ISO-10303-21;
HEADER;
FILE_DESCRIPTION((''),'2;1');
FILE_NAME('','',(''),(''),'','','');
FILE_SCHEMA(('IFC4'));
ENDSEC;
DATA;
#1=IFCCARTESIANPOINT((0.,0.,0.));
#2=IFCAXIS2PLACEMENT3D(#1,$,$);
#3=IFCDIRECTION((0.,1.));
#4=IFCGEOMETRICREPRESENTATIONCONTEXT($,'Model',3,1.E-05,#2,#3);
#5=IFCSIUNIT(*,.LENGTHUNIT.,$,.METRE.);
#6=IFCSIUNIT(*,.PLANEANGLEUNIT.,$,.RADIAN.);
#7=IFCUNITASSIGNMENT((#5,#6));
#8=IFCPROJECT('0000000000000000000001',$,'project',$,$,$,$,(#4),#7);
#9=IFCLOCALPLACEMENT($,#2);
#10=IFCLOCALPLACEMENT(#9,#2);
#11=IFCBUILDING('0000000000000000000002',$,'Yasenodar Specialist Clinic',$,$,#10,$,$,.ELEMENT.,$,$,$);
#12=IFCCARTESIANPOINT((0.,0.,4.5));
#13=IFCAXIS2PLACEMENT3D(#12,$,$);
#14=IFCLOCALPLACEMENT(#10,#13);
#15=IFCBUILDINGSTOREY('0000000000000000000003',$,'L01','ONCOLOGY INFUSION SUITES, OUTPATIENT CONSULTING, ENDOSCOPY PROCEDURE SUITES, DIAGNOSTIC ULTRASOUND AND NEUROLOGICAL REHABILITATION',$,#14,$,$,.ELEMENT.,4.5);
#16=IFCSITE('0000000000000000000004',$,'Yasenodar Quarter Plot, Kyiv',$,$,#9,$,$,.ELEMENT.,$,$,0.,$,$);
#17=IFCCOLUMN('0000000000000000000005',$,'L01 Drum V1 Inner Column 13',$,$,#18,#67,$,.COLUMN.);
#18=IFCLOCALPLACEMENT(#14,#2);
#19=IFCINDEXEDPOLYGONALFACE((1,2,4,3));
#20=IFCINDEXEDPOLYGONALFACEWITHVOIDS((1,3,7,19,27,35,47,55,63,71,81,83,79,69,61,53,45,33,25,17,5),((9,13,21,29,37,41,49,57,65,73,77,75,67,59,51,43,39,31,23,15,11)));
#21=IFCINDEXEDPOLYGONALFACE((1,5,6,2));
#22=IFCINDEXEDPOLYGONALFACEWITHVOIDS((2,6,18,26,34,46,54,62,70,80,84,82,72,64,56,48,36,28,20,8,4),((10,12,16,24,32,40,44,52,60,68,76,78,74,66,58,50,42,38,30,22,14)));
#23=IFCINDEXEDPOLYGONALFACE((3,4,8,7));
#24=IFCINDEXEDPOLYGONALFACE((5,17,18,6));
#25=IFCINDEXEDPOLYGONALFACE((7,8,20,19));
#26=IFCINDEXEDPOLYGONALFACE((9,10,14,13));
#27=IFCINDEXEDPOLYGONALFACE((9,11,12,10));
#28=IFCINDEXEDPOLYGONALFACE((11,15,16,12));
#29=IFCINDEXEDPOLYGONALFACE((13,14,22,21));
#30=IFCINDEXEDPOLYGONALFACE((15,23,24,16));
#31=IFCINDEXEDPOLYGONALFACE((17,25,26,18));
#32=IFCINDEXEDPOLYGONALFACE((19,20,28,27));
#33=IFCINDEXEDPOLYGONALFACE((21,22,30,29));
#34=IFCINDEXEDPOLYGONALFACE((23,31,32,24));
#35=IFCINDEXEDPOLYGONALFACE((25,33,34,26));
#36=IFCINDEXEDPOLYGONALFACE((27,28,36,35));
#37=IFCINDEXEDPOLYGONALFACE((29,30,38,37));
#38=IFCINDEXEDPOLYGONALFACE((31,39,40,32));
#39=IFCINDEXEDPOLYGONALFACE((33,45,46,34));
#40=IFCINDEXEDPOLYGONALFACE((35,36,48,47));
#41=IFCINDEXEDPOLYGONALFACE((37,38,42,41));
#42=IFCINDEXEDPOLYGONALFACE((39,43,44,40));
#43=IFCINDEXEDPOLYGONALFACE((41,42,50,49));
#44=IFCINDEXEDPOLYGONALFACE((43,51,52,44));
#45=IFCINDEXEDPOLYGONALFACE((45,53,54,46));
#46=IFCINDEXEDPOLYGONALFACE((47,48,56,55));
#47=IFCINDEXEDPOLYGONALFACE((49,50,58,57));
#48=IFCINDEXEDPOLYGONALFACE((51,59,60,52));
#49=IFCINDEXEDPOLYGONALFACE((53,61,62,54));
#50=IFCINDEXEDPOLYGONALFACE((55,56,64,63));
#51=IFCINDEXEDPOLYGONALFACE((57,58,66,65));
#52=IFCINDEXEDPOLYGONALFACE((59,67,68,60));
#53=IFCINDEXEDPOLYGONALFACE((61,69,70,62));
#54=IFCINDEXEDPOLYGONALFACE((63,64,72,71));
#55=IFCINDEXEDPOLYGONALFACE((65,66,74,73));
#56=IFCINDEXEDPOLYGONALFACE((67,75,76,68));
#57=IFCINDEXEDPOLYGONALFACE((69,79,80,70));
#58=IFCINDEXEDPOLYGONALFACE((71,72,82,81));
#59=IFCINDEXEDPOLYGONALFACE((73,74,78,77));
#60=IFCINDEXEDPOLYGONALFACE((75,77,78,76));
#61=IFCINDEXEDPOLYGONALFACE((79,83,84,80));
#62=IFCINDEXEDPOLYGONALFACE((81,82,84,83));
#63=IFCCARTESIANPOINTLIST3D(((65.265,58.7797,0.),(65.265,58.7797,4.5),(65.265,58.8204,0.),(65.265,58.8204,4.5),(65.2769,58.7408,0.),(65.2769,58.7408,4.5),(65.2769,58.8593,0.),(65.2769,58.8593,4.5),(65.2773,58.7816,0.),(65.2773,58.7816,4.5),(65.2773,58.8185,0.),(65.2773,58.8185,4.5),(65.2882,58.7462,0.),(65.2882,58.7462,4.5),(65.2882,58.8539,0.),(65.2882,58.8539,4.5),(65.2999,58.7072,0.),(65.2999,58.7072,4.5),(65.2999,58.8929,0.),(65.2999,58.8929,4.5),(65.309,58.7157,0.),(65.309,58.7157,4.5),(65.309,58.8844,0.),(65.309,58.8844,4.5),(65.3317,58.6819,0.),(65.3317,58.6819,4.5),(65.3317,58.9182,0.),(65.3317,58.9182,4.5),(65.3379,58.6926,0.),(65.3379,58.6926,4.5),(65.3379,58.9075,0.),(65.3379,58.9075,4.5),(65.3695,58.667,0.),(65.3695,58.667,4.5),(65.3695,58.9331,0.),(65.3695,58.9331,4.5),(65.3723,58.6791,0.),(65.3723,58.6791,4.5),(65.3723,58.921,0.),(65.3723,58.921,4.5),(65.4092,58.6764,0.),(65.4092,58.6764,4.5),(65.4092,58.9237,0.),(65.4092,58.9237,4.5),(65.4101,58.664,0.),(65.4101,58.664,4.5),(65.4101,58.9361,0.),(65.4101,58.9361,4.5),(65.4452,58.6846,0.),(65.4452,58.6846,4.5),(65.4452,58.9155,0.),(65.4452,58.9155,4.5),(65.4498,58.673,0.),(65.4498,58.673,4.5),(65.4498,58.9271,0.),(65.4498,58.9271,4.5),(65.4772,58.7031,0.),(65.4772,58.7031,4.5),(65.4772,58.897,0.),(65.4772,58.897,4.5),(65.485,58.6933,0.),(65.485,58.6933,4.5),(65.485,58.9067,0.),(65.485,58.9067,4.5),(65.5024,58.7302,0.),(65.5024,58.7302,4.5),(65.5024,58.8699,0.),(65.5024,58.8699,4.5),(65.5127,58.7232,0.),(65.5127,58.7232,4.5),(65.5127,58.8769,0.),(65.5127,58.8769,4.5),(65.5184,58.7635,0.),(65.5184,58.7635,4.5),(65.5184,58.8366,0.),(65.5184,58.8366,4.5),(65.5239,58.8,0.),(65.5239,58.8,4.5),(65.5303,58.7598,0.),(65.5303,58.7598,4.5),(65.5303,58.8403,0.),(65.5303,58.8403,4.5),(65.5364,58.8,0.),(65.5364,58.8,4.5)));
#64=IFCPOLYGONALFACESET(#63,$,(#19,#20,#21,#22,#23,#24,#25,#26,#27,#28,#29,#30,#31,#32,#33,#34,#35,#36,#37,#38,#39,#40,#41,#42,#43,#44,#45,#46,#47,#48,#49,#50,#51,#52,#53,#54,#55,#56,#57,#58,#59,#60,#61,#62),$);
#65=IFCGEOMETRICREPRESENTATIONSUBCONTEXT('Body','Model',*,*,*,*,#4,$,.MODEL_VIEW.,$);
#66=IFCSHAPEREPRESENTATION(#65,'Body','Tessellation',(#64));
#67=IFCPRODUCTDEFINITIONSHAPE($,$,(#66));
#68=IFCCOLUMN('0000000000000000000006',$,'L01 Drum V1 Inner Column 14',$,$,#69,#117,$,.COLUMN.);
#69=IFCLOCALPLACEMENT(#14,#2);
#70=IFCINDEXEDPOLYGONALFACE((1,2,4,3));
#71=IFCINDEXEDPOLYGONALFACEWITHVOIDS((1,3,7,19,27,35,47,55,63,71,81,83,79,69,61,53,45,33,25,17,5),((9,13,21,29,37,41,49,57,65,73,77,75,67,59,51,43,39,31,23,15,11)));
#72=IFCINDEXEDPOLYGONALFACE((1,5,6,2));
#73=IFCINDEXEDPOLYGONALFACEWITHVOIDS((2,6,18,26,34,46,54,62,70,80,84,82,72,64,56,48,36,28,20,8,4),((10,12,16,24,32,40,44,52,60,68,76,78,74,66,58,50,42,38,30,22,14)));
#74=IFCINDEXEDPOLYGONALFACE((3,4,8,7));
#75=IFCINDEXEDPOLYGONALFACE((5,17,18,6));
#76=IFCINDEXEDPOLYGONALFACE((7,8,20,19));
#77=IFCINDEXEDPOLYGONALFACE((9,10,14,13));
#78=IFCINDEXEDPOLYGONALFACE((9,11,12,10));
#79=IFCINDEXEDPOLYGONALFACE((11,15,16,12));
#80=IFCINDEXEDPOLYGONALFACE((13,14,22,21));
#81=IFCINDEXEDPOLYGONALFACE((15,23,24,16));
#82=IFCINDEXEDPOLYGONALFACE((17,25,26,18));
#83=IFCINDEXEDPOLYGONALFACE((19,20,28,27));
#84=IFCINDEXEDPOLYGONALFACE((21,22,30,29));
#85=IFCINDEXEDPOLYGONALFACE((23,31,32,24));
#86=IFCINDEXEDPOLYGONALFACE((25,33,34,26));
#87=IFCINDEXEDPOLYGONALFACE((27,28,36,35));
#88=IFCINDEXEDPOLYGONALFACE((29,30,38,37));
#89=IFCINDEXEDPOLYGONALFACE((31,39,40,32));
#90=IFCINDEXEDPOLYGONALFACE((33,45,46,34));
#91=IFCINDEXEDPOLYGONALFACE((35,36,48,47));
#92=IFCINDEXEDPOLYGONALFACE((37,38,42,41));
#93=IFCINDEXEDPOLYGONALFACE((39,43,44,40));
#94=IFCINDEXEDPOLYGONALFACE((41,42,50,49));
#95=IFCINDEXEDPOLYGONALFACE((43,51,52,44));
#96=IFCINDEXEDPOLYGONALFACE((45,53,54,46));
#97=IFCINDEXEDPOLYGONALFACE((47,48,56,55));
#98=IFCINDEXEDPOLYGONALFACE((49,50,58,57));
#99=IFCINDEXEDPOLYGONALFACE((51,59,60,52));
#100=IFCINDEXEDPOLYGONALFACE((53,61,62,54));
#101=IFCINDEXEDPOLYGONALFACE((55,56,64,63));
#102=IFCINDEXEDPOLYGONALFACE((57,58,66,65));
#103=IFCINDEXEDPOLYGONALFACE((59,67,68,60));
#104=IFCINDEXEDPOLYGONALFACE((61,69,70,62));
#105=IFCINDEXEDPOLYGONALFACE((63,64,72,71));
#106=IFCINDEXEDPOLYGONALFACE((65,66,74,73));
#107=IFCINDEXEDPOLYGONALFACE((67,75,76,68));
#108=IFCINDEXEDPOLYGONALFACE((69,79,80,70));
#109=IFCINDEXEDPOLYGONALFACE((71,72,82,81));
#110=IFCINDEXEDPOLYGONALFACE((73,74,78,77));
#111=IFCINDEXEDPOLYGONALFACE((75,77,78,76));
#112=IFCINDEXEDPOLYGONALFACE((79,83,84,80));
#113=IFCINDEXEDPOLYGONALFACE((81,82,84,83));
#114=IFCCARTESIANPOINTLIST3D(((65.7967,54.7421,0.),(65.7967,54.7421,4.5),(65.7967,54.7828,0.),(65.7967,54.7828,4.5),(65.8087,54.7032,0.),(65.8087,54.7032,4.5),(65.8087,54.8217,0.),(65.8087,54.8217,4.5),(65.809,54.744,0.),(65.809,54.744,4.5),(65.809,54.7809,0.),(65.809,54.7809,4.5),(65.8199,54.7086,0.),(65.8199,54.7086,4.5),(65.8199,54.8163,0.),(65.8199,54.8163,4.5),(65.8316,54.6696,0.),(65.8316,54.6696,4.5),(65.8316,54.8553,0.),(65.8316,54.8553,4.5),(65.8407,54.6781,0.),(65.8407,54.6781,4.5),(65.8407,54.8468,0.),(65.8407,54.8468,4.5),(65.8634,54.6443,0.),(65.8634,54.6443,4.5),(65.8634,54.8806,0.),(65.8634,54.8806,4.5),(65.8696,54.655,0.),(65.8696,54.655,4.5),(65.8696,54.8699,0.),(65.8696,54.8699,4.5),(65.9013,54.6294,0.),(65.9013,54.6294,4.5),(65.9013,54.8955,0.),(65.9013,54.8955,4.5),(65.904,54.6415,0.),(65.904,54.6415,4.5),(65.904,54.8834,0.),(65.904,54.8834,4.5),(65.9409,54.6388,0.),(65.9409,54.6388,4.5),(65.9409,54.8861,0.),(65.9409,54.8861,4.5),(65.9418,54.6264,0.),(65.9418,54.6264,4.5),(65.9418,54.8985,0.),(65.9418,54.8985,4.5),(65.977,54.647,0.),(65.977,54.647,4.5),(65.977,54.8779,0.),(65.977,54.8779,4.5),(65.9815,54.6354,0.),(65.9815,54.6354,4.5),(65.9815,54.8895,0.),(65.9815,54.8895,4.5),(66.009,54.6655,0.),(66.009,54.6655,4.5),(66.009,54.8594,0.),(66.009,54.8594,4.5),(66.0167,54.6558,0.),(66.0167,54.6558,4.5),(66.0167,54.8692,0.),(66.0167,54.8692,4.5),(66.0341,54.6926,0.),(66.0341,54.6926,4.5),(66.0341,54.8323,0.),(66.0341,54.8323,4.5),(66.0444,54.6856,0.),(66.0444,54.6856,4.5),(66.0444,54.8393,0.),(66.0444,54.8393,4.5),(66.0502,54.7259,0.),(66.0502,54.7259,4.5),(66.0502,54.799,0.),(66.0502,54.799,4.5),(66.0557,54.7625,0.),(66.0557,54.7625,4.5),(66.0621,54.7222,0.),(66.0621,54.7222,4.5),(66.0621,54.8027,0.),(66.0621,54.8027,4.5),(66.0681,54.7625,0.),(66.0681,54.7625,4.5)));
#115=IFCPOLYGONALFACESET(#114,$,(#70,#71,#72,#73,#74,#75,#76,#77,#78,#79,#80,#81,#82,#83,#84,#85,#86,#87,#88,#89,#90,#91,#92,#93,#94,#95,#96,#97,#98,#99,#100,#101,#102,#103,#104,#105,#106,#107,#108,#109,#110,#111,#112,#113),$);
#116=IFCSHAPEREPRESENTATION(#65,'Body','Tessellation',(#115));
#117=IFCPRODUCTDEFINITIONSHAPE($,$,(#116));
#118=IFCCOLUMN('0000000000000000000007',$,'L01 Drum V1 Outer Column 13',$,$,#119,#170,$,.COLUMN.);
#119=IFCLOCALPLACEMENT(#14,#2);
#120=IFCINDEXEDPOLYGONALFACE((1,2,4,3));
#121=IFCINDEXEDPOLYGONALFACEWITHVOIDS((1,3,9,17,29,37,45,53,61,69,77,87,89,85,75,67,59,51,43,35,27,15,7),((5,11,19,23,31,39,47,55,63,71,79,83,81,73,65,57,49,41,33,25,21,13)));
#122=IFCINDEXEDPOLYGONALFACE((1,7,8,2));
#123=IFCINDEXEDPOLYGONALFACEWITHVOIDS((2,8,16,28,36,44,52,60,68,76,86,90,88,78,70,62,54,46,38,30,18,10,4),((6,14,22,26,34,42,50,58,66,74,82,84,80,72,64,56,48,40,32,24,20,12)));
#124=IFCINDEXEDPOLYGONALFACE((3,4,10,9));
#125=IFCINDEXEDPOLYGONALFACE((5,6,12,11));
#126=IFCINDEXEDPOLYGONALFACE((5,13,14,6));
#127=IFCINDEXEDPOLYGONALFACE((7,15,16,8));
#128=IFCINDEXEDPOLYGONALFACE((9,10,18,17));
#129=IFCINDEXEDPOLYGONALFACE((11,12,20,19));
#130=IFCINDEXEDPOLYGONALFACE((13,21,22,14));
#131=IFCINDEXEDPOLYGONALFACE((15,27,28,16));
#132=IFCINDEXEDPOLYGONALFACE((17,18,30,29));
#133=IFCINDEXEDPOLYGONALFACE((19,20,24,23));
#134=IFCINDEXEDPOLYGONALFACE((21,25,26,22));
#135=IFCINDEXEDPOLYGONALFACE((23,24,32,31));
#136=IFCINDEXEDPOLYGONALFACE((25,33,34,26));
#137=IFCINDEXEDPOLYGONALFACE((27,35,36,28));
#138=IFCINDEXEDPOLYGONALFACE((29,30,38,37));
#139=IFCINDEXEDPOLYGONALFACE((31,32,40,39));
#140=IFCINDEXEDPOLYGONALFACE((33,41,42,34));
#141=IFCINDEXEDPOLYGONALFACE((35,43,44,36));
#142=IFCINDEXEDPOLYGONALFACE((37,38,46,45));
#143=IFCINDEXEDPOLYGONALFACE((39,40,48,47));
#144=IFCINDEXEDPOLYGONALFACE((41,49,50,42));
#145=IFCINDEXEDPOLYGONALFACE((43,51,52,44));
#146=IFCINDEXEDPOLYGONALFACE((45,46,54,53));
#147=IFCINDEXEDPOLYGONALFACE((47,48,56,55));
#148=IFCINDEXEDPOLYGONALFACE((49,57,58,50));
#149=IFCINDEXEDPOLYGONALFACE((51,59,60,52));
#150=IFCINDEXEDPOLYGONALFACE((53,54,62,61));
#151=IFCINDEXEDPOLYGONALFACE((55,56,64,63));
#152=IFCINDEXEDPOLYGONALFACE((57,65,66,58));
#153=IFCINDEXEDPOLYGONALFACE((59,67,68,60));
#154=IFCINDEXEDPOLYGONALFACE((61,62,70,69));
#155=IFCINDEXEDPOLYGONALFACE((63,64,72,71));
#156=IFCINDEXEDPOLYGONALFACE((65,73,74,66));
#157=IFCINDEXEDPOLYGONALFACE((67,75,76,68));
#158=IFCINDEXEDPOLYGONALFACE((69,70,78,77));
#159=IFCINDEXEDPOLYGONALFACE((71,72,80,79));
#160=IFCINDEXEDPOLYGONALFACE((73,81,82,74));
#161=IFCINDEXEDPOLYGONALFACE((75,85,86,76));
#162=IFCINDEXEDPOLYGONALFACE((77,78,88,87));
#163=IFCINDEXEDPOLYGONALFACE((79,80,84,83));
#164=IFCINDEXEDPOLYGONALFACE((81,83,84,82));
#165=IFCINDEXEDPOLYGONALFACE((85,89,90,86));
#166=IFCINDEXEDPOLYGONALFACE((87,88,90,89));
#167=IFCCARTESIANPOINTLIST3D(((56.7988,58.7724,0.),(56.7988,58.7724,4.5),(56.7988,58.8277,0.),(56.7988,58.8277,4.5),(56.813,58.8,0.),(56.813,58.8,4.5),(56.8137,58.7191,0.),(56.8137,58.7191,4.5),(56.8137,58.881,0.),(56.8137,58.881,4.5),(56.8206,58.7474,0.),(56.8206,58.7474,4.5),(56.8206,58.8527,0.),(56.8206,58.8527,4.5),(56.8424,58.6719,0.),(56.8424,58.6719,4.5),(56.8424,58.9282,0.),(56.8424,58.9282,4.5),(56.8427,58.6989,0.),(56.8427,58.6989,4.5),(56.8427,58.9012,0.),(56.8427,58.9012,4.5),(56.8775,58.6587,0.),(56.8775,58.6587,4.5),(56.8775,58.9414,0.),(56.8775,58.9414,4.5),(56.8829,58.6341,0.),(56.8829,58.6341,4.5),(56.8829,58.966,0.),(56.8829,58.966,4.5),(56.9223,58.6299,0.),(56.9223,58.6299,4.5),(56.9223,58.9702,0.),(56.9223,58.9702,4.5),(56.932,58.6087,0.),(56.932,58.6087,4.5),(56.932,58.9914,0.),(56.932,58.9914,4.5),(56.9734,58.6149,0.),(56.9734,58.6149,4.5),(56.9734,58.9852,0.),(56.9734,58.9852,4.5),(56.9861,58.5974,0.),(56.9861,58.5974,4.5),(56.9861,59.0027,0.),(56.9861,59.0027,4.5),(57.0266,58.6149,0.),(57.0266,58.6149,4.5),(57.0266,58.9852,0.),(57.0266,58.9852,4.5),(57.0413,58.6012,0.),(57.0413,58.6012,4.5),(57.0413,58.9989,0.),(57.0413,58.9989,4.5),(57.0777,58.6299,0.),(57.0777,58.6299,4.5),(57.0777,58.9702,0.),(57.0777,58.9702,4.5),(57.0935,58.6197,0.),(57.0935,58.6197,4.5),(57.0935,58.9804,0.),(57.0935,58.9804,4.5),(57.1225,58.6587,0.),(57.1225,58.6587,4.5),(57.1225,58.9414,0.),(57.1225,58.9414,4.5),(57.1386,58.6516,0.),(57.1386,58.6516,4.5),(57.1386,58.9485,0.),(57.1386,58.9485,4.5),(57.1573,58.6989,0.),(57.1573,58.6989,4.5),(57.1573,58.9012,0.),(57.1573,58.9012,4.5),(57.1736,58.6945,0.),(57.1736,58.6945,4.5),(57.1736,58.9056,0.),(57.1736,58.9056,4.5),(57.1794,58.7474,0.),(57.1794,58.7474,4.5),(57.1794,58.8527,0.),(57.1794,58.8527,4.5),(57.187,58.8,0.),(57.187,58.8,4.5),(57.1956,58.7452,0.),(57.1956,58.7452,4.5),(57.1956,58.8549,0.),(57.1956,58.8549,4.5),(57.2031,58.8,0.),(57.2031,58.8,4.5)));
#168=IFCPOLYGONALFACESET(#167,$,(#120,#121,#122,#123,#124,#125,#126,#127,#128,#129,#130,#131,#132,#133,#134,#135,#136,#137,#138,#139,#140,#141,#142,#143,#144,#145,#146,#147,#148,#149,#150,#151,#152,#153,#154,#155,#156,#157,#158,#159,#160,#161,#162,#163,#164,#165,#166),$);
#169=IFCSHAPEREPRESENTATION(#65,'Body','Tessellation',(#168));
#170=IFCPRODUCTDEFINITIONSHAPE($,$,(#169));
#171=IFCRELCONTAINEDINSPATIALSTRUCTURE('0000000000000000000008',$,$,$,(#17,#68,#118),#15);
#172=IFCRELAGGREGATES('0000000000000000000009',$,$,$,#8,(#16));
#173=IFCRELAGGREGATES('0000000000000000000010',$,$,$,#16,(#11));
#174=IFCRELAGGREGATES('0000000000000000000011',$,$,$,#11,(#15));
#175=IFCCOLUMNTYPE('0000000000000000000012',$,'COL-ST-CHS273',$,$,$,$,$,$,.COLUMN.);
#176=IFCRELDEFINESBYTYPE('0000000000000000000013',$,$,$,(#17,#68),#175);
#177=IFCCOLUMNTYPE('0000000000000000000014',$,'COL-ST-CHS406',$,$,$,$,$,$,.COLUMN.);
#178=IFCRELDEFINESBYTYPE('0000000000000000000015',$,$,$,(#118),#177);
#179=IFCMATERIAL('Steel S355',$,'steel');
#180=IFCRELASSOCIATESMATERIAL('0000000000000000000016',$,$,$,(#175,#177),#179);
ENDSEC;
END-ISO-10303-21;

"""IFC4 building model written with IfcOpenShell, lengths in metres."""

from ifc_helpers import new_model, si_unit, direction, frame, origin, origin_2d, place, context, subcontext, project, spatial, hollow_circle, extrude, material, material_profile, profile_set, type_object, element, save


model = new_model("IFC4")

# Units and contexts
model_context = context("Model", 3, precision=1e-05, world=origin(), true_north=direction((0.0, 1.0)))
body_context = subcontext(model_context, "Body", "Model", "MODEL_VIEW")
ifc_project = project(units=[si_unit("LENGTHUNIT", "METRE"), si_unit("PLANEANGLEUNIT", "RADIAN")], contexts=[model_context])

# Site, building, storey
site_placement = place(None, origin())
site = spatial("IfcSite", under=ifc_project, at=site_placement, Name="Yasenodar Quarter Plot, Kyiv", CompositionType="ELEMENT", RefElevation=0.0)
building_placement = place(site_placement, origin())
building = spatial("IfcBuilding", under=site, at=building_placement, Name="Yasenodar Specialist Clinic", CompositionType="ELEMENT")
storey_placement = place(building_placement, frame((0.0, 0.0, 4.5)))
storey = spatial("IfcBuildingStorey", under=building, at=storey_placement, Name="L01", Description="ONCOLOGY INFUSION SUITES, OUTPATIENT CONSULTING, ENDOSCOPY PROCEDURE SUITES, DIAGNOSTIC ULTRASOUND AND NEUROLOGICAL REHABILITATION", CompositionType="ELEMENT", Elevation=4.5)

# Columns
ifc_material_1 = material(Name="Steel S355", Category="steel")
ifc_material_profile_1 = material_profile(ifc_material_1, hollow_circle(Radius=0.1365, WallThickness=0.0125, at=origin_2d()), Name="CHS 273x12.5")
ifc_profile_set_1 = profile_set([ifc_material_profile_1], Name="Steel S355")
column_type_1 = type_object("IfcColumnType", Name="COL-ST-CHS273", PredefinedType="COLUMN", material=ifc_profile_set_1)
for number, where, z_axis, x_axis, name in (
    (1, (65.3999, 58.8, 0.0), (0.0, 0.0, 1.0), (1.0, 0.0, 0.0), "L01 Drum V1 Inner Column 13"),
    (2, (65.9316, 54.7625, 0.0), (0.0, 0.0, 1.0), (1.0, 0.0, 0.0), "L01 Drum V1 Inner Column 14"),
):
    element("IfcColumn", number, at=place(storey_placement, frame(where, z_axis=z_axis, x_axis=x_axis)), inside=storey, type_object=column_type_1, Name=name, PredefinedType="COLUMN", context=body_context, shape_type="SweptSolid", body=[
        extrude(hollow_circle(Radius=0.1365, WallThickness=0.0125, at=origin_2d()), origin(), (0.0, 0.0, 1.0), 4.5),
    ])
ifc_material_profile_2 = material_profile(ifc_material_1, hollow_circle(Radius=0.2031, WallThickness=0.0161, at=origin_2d()), Name="CHS 406.4x16")
ifc_profile_set_2 = profile_set([ifc_material_profile_2], Name="Steel S355")
column_type_2 = type_object("IfcColumnType", Name="COL-ST-CHS406", PredefinedType="COLUMN", material=ifc_profile_set_2)
for number, where, z_axis, x_axis, name in (
    (3, (57.0, 58.8, 0.0), (0.0, 0.0, 1.0), (1.0, 0.0, 0.0), "L01 Drum V1 Outer Column 13"),
):
    element("IfcColumn", number, at=place(storey_placement, frame(where, z_axis=z_axis, x_axis=x_axis)), inside=storey, type_object=column_type_2, Name=name, PredefinedType="COLUMN", context=body_context, shape_type="SweptSolid", body=[
        extrude(hollow_circle(Radius=0.2031, WallThickness=0.0161, at=origin_2d()), origin(), (0.0, 0.0, 1.0), 4.5),
    ])

save(model, "model.ifc")
